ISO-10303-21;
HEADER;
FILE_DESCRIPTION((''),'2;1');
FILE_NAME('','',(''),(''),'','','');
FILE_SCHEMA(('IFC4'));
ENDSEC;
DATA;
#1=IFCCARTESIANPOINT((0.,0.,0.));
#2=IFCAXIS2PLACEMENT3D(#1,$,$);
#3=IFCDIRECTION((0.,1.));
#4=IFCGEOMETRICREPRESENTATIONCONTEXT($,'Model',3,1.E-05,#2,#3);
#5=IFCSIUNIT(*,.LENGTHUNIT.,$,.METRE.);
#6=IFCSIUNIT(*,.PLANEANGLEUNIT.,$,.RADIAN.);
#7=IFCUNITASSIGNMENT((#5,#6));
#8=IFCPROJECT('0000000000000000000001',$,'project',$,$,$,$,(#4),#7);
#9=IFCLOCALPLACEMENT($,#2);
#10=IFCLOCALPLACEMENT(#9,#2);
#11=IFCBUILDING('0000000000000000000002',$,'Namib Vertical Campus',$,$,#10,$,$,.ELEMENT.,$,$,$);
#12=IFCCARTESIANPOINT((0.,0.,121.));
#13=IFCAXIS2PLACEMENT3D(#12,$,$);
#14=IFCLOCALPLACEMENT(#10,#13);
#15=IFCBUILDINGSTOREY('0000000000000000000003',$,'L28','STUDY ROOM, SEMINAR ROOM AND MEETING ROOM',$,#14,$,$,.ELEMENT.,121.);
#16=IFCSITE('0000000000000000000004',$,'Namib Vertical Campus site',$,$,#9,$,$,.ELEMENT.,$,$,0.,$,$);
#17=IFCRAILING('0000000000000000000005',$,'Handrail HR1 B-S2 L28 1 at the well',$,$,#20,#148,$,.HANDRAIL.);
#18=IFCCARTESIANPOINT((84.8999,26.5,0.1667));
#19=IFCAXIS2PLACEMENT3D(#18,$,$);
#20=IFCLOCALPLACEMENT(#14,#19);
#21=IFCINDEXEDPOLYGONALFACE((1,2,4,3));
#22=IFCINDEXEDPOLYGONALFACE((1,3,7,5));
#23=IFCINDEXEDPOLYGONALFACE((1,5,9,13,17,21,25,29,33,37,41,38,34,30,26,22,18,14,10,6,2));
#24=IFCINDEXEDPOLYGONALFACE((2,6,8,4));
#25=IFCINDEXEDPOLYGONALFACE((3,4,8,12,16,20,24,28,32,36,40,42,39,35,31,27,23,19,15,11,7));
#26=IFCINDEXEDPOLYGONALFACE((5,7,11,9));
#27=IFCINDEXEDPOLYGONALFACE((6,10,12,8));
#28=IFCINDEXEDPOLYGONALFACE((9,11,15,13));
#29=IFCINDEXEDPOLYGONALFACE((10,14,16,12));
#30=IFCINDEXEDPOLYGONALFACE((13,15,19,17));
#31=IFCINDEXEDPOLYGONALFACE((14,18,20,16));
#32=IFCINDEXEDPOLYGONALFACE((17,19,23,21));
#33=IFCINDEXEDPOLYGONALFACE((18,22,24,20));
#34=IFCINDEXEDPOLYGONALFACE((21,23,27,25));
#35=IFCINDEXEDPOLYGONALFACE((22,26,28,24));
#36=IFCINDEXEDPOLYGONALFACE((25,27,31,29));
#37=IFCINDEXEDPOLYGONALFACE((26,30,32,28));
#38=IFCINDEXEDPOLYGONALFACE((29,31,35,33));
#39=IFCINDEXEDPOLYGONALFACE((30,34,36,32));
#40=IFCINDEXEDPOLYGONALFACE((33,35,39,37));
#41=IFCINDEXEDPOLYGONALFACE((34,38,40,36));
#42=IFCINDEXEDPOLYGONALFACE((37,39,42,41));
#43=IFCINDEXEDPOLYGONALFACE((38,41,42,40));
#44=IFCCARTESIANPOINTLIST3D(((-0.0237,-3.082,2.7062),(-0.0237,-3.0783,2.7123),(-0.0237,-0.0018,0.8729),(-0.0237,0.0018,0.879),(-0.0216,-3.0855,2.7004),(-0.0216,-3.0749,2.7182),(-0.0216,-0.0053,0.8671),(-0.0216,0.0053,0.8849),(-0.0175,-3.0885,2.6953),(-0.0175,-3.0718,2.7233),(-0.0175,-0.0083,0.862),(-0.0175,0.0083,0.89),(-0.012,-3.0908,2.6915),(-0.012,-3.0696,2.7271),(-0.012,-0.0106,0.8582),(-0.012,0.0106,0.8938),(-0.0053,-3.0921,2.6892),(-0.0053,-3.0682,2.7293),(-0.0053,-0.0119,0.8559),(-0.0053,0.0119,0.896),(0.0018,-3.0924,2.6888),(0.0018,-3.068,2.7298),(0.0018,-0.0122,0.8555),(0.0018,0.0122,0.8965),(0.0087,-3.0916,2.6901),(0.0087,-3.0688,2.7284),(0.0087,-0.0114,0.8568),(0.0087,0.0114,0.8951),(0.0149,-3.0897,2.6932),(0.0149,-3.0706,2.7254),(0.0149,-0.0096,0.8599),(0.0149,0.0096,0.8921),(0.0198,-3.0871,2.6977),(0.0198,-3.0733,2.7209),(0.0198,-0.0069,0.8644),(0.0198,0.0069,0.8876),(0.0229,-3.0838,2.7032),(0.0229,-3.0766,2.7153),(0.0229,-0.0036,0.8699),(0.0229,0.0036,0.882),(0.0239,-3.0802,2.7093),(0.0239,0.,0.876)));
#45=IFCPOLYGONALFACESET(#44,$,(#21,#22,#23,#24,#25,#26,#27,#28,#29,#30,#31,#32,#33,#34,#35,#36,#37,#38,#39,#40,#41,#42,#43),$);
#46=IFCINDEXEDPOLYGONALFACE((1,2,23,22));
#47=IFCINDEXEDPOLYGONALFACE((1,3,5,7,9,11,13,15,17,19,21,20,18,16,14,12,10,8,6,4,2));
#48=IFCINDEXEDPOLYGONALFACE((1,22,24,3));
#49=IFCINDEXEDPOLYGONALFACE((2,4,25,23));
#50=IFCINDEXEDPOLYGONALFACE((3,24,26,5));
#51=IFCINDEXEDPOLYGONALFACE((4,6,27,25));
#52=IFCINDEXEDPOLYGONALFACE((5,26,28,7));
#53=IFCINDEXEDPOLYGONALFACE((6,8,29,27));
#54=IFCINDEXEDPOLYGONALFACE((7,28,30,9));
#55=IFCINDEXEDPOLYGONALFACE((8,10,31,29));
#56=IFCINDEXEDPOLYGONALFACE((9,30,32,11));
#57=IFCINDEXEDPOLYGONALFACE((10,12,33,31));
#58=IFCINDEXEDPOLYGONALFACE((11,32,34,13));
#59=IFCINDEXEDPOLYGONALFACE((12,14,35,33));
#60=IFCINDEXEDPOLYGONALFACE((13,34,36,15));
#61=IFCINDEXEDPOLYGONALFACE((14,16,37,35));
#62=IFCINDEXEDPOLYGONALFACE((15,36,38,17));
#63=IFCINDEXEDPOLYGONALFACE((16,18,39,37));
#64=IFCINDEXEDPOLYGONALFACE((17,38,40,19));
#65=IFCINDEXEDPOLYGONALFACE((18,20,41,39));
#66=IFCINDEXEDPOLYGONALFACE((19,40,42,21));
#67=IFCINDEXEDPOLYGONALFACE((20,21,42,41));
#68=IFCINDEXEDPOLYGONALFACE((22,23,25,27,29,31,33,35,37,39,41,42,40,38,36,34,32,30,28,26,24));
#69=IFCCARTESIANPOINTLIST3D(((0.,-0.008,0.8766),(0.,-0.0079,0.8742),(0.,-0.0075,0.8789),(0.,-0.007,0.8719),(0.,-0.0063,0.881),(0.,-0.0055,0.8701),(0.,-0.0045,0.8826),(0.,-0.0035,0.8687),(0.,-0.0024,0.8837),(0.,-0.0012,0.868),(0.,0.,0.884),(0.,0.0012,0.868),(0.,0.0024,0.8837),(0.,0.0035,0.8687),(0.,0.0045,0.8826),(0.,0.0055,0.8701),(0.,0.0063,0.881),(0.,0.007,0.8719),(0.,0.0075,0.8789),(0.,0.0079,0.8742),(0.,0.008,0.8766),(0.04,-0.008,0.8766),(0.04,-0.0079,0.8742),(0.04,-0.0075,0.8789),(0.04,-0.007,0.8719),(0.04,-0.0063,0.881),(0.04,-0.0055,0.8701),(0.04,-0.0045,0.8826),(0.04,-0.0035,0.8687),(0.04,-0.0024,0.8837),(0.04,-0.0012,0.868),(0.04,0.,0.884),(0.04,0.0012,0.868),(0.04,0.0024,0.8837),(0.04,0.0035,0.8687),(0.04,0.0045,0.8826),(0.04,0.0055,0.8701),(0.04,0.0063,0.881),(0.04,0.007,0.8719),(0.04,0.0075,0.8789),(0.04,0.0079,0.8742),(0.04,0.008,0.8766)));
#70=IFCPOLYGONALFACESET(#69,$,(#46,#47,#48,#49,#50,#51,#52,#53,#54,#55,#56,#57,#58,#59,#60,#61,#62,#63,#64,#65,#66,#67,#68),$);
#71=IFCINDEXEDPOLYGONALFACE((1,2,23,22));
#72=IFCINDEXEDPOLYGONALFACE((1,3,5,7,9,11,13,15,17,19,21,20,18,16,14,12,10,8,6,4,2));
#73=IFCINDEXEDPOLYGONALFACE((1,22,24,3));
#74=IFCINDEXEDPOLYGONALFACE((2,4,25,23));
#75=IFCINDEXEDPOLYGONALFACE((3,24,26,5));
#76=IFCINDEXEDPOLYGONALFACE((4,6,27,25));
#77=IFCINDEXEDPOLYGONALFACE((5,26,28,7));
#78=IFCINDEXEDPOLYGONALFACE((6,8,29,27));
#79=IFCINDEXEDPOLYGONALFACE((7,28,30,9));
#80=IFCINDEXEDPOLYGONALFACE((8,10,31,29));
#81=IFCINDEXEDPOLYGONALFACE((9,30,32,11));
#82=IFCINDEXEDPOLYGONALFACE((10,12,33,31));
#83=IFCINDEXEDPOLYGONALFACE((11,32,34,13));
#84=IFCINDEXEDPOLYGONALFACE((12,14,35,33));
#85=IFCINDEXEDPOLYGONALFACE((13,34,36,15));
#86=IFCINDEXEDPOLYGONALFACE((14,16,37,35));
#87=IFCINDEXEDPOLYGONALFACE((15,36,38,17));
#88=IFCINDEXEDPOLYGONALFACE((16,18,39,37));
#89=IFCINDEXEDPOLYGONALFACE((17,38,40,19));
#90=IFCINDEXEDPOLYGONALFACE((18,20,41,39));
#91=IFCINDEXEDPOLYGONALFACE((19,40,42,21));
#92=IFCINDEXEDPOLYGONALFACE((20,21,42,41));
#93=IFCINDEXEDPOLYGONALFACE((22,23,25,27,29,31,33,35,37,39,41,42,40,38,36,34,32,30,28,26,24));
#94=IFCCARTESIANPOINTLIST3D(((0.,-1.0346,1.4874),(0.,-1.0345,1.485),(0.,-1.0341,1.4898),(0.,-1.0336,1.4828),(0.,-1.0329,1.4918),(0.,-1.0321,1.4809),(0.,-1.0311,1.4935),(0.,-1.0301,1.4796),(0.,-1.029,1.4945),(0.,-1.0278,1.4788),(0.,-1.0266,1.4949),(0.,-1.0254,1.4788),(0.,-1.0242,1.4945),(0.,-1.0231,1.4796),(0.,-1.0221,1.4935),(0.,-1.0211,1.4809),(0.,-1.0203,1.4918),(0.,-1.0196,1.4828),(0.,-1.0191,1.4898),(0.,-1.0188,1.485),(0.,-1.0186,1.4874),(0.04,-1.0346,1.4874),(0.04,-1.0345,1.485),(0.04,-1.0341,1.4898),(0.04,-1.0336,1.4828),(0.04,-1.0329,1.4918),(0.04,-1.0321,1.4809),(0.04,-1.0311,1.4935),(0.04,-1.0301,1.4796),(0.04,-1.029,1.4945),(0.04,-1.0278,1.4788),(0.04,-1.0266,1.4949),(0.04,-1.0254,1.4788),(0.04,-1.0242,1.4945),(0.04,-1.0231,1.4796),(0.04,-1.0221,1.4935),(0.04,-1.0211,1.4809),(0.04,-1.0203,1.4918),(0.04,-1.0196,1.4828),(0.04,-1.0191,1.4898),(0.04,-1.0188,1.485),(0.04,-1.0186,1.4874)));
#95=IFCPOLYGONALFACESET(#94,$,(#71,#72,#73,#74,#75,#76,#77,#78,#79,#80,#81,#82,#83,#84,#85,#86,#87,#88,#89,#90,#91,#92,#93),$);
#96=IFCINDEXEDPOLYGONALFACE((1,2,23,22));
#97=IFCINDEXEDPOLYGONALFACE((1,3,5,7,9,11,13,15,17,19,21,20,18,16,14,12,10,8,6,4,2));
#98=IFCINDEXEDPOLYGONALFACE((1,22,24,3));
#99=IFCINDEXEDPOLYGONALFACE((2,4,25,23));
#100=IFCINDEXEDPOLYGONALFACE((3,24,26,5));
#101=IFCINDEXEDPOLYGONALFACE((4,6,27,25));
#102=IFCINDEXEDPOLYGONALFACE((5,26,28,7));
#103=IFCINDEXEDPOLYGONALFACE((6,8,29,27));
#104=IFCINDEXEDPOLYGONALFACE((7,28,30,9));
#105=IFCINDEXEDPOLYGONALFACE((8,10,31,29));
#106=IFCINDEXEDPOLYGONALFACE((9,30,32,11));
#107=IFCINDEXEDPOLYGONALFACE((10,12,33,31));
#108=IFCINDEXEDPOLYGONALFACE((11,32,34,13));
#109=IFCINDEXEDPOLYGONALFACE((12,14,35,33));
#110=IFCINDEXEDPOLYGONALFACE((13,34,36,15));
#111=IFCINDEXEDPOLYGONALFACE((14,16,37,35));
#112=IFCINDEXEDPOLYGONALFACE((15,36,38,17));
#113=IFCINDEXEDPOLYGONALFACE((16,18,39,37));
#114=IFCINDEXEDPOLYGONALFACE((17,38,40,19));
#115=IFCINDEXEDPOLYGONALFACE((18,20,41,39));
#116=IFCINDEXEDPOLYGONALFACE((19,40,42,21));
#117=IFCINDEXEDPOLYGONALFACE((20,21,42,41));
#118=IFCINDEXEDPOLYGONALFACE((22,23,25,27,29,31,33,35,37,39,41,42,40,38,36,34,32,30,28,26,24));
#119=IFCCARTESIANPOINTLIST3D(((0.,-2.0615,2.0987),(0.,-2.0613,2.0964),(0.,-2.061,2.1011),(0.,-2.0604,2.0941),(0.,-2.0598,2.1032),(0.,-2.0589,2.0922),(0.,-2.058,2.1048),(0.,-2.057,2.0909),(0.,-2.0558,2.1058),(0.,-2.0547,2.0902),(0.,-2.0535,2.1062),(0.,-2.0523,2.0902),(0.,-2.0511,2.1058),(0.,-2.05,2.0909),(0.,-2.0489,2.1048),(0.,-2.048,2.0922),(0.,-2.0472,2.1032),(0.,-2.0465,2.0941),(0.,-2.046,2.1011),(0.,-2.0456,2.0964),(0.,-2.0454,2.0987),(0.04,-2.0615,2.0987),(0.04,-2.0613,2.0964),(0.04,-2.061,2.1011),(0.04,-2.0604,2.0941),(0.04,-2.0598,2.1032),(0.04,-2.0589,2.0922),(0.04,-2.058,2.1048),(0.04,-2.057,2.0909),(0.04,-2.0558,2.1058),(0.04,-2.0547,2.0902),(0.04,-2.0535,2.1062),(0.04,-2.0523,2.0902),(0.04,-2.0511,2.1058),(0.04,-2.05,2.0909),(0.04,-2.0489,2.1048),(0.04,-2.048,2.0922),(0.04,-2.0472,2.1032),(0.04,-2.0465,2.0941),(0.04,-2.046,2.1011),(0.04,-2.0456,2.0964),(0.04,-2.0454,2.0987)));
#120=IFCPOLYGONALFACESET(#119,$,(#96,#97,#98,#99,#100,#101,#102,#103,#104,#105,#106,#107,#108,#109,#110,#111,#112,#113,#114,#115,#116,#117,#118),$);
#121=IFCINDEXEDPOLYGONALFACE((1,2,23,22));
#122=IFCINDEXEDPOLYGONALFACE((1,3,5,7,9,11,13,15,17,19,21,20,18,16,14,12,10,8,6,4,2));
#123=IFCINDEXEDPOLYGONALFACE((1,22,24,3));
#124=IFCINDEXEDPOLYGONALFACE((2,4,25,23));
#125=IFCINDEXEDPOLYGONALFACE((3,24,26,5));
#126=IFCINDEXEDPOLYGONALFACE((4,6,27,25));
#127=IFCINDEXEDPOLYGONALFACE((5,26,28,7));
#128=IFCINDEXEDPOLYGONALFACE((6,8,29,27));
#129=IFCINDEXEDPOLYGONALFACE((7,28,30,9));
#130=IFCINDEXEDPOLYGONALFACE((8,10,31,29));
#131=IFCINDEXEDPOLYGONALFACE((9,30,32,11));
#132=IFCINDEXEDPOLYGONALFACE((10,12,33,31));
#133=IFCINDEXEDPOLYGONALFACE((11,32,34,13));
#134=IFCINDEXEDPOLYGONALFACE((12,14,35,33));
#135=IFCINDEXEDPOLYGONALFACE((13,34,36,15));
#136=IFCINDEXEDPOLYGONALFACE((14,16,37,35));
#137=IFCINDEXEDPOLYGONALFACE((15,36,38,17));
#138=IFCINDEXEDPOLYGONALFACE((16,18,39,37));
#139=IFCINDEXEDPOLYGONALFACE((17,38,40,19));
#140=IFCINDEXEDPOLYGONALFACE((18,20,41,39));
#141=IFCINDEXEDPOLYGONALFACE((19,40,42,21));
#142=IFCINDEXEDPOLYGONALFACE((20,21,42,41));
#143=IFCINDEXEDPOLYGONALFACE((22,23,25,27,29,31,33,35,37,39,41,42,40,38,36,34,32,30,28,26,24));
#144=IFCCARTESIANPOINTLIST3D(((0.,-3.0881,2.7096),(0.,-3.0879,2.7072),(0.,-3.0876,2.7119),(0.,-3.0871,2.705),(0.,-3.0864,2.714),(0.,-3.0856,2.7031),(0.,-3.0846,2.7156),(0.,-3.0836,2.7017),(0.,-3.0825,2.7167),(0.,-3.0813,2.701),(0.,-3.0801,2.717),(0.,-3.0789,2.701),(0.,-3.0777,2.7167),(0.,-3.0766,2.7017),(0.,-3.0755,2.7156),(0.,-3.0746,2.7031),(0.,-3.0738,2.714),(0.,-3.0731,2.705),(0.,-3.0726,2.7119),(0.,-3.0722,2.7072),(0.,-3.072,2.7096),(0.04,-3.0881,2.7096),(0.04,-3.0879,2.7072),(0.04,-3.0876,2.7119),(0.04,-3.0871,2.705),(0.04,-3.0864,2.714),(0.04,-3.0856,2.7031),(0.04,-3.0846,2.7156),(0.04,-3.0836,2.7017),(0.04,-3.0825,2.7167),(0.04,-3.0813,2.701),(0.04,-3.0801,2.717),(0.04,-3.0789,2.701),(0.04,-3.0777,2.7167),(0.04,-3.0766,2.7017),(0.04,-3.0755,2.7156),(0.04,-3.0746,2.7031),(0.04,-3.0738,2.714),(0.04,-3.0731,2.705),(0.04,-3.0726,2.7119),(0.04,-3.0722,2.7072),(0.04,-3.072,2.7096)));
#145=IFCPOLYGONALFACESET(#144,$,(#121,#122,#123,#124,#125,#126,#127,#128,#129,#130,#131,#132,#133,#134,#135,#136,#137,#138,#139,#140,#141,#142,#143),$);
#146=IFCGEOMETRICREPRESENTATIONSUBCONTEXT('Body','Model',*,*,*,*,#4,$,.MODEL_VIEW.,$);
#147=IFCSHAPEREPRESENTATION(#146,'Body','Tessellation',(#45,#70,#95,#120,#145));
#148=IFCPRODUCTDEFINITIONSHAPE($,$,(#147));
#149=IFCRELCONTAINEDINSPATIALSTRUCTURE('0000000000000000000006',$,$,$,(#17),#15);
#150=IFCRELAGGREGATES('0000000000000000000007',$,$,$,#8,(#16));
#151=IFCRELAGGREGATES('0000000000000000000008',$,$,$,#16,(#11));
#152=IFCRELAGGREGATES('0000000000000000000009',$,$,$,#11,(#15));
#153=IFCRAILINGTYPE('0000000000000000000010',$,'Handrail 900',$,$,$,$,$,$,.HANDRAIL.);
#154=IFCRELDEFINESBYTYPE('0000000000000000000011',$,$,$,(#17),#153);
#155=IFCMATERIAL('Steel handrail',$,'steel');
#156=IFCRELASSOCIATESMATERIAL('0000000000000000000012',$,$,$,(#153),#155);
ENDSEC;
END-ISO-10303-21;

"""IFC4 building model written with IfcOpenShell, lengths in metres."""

from ifc_helpers import new_model, si_unit, direction, frame, origin, origin_2d, place, context, subcontext, project, spatial, circle, extrude, material, type_object, element, save


model = new_model("IFC4")

# Units and contexts
model_context = context("Model", 3, precision=1e-05, world=origin(), true_north=direction((0.0, 1.0)))
body_context = subcontext(model_context, "Body", "Model", "MODEL_VIEW")
ifc_project = project(units=[si_unit("LENGTHUNIT", "METRE"), si_unit("PLANEANGLEUNIT", "RADIAN")], contexts=[model_context])

# Site, building, storey
site_placement = place(None, origin())
site = spatial("IfcSite", under=ifc_project, at=site_placement, Name="Namib Vertical Campus site", CompositionType="ELEMENT", RefElevation=0.0)
building_placement = place(site_placement, origin())
building = spatial("IfcBuilding", under=site, at=building_placement, Name="Namib Vertical Campus", CompositionType="ELEMENT")
storey_placement = place(building_placement, frame((0.0, 0.0, 121.0)))
storey = spatial("IfcBuildingStorey", under=building, at=storey_placement, Name="L28", Description="STUDY ROOM, SEMINAR ROOM AND MEETING ROOM", CompositionType="ELEMENT", Elevation=121.0)

# Railing
ifc_material_1 = material(Name="Steel handrail", Category="steel")
railing_type_1 = type_object("IfcRailingType", Name="Handrail 900", PredefinedType="HANDRAIL", material=ifc_material_1)
railing_1_placement = place(storey_placement, frame((84.8999, 26.5, 0.1667)))
element("IfcRailing", 1, at=railing_1_placement, inside=storey, type_object=railing_type_1, Name="Handrail HR1 B-S2 L28 1 at the well", PredefinedType="HANDRAIL", context=body_context, shape_type="SweptSolid", body=[
    extrude(circle(Radius=0.0239, at=origin_2d()), frame((0.0, 0.0, 0.876), z_axis=(0.0, -0.859309, 0.511458), x_axis=(1.0, 0.0, 0.0)), (0.0, 0.0, 1.0), 3.5845),
    extrude(circle(Radius=0.0081, at=origin_2d()), frame((0.0, 0.0, 0.876), z_axis=(1.0, 0.0, 0.0), x_axis=(0.0, 0.0, 1.0)), (0.0, 0.0, 1.0), 0.04),
    extrude(circle(Radius=0.0081, at=origin_2d()), frame((0.0, -1.0266, 1.4868), z_axis=(1.0, 0.0, 0.0), x_axis=(0.0, 0.0, 1.0)), (0.0, 0.0, 1.0), 0.04),
    extrude(circle(Radius=0.0081, at=origin_2d()), frame((0.0, -2.0535, 2.0981), z_axis=(1.0, 0.0, 0.0), x_axis=(0.0, 0.0, 1.0)), (0.0, 0.0, 1.0), 0.04),
    extrude(circle(Radius=0.0081, at=origin_2d()), frame((0.0, -3.0801, 2.709), z_axis=(1.0, 0.0, 0.0), x_axis=(0.0, 0.0, 1.0)), (0.0, 0.0, 1.0), 0.04),
])

save(model, "model.ifc")
